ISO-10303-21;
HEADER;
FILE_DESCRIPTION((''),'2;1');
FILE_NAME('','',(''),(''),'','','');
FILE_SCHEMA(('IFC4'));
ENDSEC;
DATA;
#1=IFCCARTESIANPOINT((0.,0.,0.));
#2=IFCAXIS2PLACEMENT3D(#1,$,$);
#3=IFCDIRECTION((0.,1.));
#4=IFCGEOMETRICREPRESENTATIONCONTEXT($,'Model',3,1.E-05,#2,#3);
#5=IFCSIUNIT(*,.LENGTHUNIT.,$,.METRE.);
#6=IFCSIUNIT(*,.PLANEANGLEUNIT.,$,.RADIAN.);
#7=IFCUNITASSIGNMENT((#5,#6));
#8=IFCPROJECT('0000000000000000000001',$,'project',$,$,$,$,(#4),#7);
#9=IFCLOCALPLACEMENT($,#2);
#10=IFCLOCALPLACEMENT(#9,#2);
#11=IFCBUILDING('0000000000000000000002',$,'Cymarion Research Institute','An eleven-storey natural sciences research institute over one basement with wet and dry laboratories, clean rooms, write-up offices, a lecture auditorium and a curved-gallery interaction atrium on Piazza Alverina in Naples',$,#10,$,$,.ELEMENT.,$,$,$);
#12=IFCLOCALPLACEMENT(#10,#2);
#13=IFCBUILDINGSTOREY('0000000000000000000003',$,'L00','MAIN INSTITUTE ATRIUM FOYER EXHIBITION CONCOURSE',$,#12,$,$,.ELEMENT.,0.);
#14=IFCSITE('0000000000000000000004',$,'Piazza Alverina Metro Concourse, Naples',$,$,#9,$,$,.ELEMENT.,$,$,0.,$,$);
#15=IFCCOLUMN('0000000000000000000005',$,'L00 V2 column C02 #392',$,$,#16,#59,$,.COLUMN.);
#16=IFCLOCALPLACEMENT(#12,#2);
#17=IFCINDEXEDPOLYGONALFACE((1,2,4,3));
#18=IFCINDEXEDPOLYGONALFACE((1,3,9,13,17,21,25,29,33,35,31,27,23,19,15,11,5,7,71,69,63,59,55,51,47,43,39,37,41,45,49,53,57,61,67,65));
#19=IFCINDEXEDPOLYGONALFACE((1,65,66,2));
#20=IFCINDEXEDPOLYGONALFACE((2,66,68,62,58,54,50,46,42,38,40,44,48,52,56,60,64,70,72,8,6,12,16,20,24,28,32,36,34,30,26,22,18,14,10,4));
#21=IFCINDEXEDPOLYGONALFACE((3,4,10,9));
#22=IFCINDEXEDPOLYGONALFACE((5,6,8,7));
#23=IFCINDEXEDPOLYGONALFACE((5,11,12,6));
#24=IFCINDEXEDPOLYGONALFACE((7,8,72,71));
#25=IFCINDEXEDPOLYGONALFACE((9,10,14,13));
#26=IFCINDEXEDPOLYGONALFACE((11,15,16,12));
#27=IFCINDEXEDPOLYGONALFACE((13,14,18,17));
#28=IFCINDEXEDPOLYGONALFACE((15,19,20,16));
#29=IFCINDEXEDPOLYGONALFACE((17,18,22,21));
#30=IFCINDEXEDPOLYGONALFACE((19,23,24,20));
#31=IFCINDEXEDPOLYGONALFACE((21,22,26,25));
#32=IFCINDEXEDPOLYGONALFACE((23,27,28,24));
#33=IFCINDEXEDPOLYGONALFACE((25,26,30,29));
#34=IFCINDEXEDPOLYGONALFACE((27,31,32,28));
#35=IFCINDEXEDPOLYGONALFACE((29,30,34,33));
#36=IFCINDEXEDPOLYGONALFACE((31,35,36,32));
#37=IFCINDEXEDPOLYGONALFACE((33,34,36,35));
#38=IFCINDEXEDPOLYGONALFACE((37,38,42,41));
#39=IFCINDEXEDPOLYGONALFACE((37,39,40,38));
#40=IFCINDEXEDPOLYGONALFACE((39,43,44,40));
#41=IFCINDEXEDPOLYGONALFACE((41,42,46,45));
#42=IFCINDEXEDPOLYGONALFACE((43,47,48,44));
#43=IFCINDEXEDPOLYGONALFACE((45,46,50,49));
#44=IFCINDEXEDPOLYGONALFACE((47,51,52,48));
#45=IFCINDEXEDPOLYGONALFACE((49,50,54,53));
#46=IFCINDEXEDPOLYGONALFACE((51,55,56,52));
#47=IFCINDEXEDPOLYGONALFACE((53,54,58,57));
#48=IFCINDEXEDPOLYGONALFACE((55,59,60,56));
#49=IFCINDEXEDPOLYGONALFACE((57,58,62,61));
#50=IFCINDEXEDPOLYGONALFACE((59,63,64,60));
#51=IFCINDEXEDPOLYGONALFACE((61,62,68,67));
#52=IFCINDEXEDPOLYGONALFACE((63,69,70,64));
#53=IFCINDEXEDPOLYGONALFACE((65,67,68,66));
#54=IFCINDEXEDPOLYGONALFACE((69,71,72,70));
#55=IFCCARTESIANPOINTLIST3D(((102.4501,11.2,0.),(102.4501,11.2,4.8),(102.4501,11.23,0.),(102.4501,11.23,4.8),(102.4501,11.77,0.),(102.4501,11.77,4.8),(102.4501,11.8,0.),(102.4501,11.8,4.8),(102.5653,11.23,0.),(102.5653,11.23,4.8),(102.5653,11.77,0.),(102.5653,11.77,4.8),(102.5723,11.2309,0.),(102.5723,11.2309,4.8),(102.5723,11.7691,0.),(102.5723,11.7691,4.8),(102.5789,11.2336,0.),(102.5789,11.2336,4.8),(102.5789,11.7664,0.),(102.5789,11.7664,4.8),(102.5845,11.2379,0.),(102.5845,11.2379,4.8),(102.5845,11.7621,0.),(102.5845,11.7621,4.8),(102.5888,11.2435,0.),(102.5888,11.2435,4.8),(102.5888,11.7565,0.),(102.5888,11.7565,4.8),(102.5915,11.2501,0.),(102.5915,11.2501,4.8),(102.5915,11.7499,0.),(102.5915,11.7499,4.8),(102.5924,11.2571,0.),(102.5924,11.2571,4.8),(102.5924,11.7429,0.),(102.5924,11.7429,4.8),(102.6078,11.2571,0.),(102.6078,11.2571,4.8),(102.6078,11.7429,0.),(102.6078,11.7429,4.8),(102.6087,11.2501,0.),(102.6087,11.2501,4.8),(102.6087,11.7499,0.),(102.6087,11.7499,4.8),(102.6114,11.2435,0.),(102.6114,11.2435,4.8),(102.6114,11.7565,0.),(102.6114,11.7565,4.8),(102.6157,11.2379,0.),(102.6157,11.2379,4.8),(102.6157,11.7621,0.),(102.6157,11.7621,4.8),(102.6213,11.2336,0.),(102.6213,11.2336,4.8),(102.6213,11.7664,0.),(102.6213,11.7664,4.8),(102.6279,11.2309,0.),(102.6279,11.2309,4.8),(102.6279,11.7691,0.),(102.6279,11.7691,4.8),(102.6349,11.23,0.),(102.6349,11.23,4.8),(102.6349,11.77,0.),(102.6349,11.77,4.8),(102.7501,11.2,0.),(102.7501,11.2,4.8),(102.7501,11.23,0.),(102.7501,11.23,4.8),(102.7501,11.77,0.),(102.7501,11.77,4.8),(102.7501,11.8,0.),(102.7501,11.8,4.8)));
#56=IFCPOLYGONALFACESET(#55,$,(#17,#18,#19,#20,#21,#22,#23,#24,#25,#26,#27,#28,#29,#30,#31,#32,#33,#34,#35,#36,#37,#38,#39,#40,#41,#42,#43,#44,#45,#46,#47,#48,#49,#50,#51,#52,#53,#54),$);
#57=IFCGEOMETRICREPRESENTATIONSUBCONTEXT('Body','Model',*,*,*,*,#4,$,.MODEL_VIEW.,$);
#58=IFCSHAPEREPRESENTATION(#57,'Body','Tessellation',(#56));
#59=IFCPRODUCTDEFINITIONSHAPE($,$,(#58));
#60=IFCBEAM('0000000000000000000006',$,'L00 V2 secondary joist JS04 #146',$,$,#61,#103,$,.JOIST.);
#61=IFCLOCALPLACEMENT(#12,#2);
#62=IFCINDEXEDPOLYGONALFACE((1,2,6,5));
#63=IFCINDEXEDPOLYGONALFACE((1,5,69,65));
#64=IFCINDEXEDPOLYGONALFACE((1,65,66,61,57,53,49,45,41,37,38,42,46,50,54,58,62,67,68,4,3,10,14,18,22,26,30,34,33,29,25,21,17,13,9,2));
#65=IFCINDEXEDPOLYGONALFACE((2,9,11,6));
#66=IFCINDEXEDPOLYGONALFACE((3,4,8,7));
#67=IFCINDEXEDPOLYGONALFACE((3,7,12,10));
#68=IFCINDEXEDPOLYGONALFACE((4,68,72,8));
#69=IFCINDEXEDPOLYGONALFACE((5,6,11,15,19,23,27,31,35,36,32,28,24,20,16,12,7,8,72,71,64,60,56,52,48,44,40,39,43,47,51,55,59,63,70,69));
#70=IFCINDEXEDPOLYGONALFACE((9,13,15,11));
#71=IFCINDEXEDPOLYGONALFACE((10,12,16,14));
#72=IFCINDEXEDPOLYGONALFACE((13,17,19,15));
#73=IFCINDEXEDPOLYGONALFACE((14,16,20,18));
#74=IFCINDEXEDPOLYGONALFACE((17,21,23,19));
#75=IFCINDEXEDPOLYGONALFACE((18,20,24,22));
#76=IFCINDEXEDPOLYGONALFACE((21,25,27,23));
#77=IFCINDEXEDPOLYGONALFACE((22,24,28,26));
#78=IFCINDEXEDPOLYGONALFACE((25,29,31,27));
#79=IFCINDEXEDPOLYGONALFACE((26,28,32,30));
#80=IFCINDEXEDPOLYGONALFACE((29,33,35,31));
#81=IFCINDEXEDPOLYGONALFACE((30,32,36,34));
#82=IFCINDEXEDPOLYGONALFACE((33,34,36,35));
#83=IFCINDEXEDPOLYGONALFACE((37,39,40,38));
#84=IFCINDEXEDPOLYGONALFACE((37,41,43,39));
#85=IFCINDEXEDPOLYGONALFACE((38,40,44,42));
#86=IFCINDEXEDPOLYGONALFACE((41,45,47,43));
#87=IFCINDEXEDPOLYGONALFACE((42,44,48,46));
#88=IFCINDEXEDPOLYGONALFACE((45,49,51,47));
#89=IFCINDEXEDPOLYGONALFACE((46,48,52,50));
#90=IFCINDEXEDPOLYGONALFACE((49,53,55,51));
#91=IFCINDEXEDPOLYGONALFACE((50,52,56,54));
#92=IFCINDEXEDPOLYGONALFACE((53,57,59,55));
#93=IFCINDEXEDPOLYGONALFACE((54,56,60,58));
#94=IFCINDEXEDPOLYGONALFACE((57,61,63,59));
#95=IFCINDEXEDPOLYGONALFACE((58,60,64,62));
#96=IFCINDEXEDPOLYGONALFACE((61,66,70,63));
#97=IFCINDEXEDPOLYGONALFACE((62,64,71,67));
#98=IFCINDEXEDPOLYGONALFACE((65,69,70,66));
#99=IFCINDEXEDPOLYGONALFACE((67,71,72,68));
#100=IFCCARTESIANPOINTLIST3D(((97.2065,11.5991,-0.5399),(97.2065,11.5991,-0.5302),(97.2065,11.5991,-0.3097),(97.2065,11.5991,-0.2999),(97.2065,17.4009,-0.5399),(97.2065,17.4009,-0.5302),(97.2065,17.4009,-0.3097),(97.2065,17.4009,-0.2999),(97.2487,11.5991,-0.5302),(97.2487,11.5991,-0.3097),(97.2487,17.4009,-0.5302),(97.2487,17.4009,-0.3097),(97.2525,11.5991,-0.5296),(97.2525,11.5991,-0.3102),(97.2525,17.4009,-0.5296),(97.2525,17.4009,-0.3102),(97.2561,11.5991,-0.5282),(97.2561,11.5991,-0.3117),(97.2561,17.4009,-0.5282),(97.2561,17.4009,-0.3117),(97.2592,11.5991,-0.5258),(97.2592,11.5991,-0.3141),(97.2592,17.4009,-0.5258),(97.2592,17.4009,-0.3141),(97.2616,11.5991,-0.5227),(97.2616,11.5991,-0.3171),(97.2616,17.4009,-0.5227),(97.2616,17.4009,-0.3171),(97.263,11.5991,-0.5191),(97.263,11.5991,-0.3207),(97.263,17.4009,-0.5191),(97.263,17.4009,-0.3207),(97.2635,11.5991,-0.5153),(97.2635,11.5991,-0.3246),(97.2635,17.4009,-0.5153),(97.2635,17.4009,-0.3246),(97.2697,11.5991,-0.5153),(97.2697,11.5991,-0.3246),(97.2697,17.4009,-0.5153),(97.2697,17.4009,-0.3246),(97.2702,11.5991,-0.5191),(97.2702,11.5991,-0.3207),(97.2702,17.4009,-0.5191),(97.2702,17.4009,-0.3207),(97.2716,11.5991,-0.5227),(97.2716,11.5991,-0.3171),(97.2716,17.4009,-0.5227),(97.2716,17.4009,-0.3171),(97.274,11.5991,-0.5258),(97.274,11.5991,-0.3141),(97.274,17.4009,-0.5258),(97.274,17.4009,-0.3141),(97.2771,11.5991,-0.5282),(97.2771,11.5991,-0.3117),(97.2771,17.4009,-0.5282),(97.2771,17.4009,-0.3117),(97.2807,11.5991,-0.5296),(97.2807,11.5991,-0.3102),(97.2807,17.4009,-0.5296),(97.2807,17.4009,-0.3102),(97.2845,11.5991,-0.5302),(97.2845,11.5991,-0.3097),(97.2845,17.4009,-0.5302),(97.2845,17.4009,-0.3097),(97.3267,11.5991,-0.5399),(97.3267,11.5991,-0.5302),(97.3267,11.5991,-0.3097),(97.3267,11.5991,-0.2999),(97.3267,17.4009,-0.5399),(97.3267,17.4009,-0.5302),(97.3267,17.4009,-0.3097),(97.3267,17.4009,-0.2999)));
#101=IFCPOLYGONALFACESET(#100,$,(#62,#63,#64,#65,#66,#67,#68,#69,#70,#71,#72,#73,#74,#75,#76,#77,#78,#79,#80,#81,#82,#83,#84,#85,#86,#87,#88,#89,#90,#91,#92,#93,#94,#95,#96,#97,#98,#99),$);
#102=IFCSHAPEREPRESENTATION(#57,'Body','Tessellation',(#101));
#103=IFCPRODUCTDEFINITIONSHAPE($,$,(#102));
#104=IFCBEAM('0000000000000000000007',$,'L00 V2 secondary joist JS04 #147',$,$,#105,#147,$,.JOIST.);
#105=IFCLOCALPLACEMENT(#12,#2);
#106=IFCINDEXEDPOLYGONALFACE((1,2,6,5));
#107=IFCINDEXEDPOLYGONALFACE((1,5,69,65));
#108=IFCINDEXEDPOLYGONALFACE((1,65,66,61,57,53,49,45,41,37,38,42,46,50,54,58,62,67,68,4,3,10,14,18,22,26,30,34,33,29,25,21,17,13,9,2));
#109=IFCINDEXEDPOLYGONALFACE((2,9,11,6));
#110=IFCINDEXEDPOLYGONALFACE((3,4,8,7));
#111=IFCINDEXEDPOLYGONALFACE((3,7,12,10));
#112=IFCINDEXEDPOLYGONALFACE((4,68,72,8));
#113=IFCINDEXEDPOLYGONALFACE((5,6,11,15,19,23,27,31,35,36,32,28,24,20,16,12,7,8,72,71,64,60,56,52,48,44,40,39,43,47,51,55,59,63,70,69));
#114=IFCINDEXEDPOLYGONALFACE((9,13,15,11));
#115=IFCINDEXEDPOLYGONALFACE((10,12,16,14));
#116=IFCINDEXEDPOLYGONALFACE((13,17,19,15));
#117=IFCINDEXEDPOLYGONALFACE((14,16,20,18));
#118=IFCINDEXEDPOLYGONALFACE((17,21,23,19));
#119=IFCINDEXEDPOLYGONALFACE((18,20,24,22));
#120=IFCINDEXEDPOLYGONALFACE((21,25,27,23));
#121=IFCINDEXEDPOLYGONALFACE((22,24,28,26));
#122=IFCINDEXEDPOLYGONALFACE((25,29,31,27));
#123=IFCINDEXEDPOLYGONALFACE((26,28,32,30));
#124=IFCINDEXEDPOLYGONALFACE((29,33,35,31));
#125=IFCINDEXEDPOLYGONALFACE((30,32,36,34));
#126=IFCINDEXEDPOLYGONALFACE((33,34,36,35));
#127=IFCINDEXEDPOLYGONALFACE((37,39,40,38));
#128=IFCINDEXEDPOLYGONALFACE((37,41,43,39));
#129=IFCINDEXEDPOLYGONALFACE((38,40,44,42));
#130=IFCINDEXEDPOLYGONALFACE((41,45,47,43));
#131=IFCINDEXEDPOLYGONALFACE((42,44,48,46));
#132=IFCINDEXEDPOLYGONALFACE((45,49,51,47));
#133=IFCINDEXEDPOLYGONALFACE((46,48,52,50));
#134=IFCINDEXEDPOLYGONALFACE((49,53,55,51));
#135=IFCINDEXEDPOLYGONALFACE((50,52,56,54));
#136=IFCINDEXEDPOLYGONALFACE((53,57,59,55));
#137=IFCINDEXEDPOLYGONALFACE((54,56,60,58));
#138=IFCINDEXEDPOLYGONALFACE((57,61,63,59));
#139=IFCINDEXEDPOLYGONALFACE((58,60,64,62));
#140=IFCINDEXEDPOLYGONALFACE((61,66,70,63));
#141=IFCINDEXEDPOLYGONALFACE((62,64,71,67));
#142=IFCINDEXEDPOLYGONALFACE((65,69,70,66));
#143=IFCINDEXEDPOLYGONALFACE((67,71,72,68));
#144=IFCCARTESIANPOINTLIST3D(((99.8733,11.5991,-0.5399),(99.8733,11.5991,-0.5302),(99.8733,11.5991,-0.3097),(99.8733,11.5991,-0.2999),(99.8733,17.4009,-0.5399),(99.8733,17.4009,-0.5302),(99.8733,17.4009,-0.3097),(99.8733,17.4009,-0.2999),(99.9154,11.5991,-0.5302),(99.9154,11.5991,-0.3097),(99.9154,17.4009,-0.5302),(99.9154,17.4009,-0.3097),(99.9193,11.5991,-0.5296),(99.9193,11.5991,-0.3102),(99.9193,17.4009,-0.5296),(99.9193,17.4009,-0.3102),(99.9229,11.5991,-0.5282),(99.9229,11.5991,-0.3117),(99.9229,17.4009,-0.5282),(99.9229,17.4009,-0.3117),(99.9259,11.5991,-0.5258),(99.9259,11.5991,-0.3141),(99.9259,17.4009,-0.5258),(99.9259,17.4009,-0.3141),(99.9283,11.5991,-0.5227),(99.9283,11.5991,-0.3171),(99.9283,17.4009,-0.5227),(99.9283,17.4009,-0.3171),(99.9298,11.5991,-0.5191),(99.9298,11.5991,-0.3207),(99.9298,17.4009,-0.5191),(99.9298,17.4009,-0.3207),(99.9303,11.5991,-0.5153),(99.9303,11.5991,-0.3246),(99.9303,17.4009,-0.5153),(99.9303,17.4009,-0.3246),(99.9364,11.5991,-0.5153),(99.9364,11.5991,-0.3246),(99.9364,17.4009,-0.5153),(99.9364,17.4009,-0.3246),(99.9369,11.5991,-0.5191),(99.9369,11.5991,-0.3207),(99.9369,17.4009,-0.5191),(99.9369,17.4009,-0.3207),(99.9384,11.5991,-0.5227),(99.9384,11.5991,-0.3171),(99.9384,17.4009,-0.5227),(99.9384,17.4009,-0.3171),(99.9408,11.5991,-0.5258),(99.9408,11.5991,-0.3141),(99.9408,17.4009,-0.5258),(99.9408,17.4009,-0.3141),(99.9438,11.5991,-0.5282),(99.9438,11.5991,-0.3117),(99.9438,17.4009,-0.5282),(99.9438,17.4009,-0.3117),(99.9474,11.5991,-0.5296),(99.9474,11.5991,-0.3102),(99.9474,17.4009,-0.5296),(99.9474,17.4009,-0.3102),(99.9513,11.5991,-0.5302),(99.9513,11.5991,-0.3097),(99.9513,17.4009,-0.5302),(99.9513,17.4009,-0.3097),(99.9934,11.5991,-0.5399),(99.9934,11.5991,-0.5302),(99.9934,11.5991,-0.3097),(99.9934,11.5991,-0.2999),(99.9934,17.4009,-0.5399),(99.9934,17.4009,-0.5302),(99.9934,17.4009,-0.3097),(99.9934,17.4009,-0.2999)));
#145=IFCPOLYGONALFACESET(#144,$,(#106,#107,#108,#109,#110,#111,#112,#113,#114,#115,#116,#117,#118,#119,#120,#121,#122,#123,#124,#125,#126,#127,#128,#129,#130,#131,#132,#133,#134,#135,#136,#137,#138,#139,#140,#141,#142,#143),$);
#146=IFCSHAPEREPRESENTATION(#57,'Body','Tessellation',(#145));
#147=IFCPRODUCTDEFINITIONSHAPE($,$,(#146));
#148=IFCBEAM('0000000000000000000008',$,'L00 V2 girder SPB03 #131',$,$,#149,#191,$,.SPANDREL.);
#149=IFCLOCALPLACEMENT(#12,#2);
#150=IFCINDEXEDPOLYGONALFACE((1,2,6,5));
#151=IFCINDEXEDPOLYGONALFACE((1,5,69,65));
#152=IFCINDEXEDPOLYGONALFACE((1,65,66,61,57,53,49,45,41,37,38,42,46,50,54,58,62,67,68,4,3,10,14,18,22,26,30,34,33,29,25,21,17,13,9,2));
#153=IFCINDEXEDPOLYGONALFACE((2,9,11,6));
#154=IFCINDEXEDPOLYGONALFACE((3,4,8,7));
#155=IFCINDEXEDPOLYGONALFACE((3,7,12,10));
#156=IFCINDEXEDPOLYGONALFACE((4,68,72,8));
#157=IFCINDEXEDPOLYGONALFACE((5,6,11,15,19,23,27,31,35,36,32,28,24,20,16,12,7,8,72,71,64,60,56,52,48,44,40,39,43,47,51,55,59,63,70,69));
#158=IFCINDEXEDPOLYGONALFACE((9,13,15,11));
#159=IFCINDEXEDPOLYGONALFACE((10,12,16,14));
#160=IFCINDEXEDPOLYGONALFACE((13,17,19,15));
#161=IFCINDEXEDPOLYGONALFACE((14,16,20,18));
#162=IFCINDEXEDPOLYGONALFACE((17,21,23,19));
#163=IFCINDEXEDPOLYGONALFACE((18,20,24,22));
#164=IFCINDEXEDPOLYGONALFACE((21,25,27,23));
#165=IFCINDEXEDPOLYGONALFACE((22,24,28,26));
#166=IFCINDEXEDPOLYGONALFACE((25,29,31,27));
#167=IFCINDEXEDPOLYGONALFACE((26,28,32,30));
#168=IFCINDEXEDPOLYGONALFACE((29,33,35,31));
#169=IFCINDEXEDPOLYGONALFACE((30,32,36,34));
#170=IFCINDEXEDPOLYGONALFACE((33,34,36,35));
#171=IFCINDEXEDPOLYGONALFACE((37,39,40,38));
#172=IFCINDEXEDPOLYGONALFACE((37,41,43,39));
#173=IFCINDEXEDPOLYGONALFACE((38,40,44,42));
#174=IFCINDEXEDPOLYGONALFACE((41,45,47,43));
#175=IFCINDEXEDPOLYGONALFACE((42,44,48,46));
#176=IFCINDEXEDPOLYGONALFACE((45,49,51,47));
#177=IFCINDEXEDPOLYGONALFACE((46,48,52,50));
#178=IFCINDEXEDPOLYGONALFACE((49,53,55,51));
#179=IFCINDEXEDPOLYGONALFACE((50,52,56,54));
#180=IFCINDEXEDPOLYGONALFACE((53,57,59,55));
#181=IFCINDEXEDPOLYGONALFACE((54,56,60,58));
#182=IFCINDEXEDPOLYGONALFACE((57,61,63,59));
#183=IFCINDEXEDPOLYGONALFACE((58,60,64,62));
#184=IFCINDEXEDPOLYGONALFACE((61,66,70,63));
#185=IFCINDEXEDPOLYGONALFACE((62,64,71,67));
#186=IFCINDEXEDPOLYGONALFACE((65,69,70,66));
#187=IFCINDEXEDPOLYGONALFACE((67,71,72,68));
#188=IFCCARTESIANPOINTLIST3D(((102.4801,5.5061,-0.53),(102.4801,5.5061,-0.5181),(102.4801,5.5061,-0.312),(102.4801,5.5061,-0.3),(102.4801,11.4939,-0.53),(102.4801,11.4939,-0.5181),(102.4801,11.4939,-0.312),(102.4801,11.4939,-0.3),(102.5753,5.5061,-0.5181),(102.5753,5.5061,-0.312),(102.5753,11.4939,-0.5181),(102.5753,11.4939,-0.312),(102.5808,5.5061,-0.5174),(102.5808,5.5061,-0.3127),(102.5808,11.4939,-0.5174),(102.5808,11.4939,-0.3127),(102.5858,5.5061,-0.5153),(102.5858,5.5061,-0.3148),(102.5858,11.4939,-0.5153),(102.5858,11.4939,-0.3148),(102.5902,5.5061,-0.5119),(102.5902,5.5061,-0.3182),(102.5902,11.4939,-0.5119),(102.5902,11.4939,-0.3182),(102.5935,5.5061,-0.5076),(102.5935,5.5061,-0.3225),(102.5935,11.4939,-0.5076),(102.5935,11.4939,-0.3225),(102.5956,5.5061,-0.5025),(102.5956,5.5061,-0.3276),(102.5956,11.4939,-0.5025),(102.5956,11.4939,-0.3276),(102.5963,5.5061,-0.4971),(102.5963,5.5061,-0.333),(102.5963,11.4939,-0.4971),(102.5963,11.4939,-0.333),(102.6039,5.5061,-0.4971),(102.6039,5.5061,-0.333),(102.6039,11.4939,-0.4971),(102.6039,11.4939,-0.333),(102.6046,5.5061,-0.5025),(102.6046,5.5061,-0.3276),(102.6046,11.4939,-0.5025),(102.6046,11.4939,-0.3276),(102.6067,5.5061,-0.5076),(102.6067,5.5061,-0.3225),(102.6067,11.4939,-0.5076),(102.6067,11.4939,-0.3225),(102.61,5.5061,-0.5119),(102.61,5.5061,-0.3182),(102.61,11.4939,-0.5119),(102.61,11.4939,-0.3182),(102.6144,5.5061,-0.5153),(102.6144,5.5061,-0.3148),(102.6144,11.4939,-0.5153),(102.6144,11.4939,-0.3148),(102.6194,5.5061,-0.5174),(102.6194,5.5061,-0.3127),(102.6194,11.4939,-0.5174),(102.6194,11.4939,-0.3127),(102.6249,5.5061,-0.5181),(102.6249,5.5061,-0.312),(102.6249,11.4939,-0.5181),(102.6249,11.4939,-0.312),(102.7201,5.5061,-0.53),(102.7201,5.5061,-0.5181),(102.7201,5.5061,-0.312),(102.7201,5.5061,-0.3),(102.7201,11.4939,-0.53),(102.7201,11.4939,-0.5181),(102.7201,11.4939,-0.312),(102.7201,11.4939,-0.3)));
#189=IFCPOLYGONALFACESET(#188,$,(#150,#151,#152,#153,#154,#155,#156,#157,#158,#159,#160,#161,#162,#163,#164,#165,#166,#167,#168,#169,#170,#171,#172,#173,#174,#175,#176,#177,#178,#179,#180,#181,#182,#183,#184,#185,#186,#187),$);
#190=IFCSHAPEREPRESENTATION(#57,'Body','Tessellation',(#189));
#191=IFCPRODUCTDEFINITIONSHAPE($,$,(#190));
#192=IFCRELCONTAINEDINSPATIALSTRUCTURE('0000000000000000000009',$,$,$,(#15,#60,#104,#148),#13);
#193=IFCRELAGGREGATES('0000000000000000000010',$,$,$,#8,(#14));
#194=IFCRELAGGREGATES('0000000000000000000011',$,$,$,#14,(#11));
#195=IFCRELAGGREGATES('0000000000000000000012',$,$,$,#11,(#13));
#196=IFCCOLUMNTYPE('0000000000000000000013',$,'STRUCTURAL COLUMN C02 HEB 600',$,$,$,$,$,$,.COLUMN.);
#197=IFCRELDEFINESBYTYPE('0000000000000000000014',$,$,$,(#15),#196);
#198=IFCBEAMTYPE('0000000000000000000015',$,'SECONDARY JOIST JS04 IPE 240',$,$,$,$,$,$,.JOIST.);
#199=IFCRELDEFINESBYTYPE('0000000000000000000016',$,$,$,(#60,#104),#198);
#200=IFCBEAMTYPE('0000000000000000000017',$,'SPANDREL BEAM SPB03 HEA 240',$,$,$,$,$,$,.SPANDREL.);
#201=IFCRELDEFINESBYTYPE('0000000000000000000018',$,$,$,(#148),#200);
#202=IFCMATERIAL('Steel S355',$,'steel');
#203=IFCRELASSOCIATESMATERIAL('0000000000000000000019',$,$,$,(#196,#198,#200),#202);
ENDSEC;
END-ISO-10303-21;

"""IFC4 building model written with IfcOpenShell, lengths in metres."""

from ifc_helpers import new_model, si_unit, direction, frame, origin, origin_2d, place, context, subcontext, project, spatial, i_section, extrude, material, material_profile, profile_set, type_object, element, save


model = new_model("IFC4")

# Units and contexts
model_context = context("Model", 3, precision=1e-05, world=origin(), true_north=direction((0.0, 1.0)))
body_context = subcontext(model_context, "Body", "Model", "MODEL_VIEW")
ifc_project = project(units=[si_unit("LENGTHUNIT", "METRE"), si_unit("PLANEANGLEUNIT", "RADIAN")], contexts=[model_context])

# Site, building, storey
site_placement = place(None, origin())
site = spatial("IfcSite", under=ifc_project, at=site_placement, Name="Piazza Alverina Metro Concourse, Naples", CompositionType="ELEMENT", RefElevation=0.0)
building_placement = place(site_placement, origin())
building = spatial("IfcBuilding", under=site, at=building_placement, Name="Cymarion Research Institute", Description="An eleven-storey natural sciences research institute over one basement with wet and dry laboratories, clean rooms, write-up offices, a lecture auditorium and a curved-gallery interaction atrium on Piazza Alverina in Naples", CompositionType="ELEMENT")
storey_placement = place(building_placement, origin())
storey = spatial("IfcBuildingStorey", under=building, at=storey_placement, Name="L00", Description="MAIN INSTITUTE ATRIUM FOYER EXHIBITION CONCOURSE", CompositionType="ELEMENT", Elevation=0.0)

# Column
ifc_material_1 = material(Name="Steel S355", Category="steel")
ifc_material_profile_1 = material_profile(ifc_material_1, i_section(OverallWidth=0.3, OverallDepth=0.6001, WebThickness=0.0154, FlangeThickness=0.03, FilletRadius=0.0271, at=origin_2d()), Name="HEB 600")
ifc_profile_set_1 = profile_set([ifc_material_profile_1], Name="Steel S355")
column_type = type_object("IfcColumnType", Name="STRUCTURAL COLUMN C02 HEB 600", PredefinedType="COLUMN", material=ifc_profile_set_1)
column_placement = place(storey_placement, frame((102.6001, 11.5, 0.0), z_axis=(0.0, 0.0, 1.0), x_axis=(1.0, 0.0, 0.0)))
element("IfcColumn", 1, at=column_placement, inside=storey, type_object=column_type, Name="L00 V2 column C02 #392", PredefinedType="COLUMN", context=body_context, shape_type="SweptSolid", body=[
    extrude(i_section(OverallWidth=0.3, OverallDepth=0.6001, WebThickness=0.0154, FlangeThickness=0.03, FilletRadius=0.0271, at=origin_2d()), origin(), (0.0, 0.0, 1.0), 4.8),
])

# Beams
ifc_material_profile_2 = material_profile(ifc_material_1, i_section(OverallWidth=0.1201, OverallDepth=0.24, WebThickness=0.0061, FlangeThickness=0.0098, FilletRadius=0.0149, at=origin_2d()), Name="IPE 240")
ifc_profile_set_2 = profile_set([ifc_material_profile_2], Name="Steel S355")
beam_type_1 = type_object("IfcBeamType", Name="SECONDARY JOIST JS04 IPE 240", PredefinedType="JOIST", material=ifc_profile_set_2)
for number, where, z_axis, x_axis, name in (
    (2, (97.2666, 11.5991, -0.4199), (0.0, 1.0, 0.0), (-1.0, 0.0, 0.0), "L00 V2 secondary joist JS04 #146"),
    (3, (99.9333, 11.5991, -0.4199), (0.0, 1.0, 0.0), (-1.0, 0.0, 0.0), "L00 V2 secondary joist JS04 #147"),
):
    element("IfcBeam", number, at=place(storey_placement, frame(where, z_axis=z_axis, x_axis=x_axis)), inside=storey, type_object=beam_type_1, Name=name, PredefinedType="JOIST", context=body_context, shape_type="SweptSolid", body=[
        extrude(i_section(OverallWidth=0.1201, OverallDepth=0.24, WebThickness=0.0061, FlangeThickness=0.0098, FilletRadius=0.0149, at=origin_2d()), origin(), (0.0, 0.0, 1.0), 5.8018),
    ])
ifc_material_profile_3 = material_profile(ifc_material_1, i_section(OverallWidth=0.24, OverallDepth=0.23, WebThickness=0.0076, FlangeThickness=0.012, FilletRadius=0.021, at=origin_2d()), Name="HEA 240")
ifc_profile_set_3 = profile_set([ifc_material_profile_3], Name="Steel S355")
beam_type_2 = type_object("IfcBeamType", Name="SPANDREL BEAM SPB03 HEA 240", PredefinedType="SPANDREL", material=ifc_profile_set_3)
for number, where, z_axis, x_axis, name in (
    (4, (102.6001, 5.5061, -0.415), (0.0, 1.0, 0.0), (-1.0, 0.0, 0.0), "L00 V2 girder SPB03 #131"),
):
    element("IfcBeam", number, at=place(storey_placement, frame(where, z_axis=z_axis, x_axis=x_axis)), inside=storey, type_object=beam_type_2, Name=name, PredefinedType="SPANDREL", context=body_context, shape_type="SweptSolid", body=[
        extrude(i_section(OverallWidth=0.24, OverallDepth=0.23, WebThickness=0.0076, FlangeThickness=0.012, FilletRadius=0.021, at=origin_2d()), origin(), (0.0, 0.0, 1.0), 5.9878),
    ])

save(model, "model.ifc")
